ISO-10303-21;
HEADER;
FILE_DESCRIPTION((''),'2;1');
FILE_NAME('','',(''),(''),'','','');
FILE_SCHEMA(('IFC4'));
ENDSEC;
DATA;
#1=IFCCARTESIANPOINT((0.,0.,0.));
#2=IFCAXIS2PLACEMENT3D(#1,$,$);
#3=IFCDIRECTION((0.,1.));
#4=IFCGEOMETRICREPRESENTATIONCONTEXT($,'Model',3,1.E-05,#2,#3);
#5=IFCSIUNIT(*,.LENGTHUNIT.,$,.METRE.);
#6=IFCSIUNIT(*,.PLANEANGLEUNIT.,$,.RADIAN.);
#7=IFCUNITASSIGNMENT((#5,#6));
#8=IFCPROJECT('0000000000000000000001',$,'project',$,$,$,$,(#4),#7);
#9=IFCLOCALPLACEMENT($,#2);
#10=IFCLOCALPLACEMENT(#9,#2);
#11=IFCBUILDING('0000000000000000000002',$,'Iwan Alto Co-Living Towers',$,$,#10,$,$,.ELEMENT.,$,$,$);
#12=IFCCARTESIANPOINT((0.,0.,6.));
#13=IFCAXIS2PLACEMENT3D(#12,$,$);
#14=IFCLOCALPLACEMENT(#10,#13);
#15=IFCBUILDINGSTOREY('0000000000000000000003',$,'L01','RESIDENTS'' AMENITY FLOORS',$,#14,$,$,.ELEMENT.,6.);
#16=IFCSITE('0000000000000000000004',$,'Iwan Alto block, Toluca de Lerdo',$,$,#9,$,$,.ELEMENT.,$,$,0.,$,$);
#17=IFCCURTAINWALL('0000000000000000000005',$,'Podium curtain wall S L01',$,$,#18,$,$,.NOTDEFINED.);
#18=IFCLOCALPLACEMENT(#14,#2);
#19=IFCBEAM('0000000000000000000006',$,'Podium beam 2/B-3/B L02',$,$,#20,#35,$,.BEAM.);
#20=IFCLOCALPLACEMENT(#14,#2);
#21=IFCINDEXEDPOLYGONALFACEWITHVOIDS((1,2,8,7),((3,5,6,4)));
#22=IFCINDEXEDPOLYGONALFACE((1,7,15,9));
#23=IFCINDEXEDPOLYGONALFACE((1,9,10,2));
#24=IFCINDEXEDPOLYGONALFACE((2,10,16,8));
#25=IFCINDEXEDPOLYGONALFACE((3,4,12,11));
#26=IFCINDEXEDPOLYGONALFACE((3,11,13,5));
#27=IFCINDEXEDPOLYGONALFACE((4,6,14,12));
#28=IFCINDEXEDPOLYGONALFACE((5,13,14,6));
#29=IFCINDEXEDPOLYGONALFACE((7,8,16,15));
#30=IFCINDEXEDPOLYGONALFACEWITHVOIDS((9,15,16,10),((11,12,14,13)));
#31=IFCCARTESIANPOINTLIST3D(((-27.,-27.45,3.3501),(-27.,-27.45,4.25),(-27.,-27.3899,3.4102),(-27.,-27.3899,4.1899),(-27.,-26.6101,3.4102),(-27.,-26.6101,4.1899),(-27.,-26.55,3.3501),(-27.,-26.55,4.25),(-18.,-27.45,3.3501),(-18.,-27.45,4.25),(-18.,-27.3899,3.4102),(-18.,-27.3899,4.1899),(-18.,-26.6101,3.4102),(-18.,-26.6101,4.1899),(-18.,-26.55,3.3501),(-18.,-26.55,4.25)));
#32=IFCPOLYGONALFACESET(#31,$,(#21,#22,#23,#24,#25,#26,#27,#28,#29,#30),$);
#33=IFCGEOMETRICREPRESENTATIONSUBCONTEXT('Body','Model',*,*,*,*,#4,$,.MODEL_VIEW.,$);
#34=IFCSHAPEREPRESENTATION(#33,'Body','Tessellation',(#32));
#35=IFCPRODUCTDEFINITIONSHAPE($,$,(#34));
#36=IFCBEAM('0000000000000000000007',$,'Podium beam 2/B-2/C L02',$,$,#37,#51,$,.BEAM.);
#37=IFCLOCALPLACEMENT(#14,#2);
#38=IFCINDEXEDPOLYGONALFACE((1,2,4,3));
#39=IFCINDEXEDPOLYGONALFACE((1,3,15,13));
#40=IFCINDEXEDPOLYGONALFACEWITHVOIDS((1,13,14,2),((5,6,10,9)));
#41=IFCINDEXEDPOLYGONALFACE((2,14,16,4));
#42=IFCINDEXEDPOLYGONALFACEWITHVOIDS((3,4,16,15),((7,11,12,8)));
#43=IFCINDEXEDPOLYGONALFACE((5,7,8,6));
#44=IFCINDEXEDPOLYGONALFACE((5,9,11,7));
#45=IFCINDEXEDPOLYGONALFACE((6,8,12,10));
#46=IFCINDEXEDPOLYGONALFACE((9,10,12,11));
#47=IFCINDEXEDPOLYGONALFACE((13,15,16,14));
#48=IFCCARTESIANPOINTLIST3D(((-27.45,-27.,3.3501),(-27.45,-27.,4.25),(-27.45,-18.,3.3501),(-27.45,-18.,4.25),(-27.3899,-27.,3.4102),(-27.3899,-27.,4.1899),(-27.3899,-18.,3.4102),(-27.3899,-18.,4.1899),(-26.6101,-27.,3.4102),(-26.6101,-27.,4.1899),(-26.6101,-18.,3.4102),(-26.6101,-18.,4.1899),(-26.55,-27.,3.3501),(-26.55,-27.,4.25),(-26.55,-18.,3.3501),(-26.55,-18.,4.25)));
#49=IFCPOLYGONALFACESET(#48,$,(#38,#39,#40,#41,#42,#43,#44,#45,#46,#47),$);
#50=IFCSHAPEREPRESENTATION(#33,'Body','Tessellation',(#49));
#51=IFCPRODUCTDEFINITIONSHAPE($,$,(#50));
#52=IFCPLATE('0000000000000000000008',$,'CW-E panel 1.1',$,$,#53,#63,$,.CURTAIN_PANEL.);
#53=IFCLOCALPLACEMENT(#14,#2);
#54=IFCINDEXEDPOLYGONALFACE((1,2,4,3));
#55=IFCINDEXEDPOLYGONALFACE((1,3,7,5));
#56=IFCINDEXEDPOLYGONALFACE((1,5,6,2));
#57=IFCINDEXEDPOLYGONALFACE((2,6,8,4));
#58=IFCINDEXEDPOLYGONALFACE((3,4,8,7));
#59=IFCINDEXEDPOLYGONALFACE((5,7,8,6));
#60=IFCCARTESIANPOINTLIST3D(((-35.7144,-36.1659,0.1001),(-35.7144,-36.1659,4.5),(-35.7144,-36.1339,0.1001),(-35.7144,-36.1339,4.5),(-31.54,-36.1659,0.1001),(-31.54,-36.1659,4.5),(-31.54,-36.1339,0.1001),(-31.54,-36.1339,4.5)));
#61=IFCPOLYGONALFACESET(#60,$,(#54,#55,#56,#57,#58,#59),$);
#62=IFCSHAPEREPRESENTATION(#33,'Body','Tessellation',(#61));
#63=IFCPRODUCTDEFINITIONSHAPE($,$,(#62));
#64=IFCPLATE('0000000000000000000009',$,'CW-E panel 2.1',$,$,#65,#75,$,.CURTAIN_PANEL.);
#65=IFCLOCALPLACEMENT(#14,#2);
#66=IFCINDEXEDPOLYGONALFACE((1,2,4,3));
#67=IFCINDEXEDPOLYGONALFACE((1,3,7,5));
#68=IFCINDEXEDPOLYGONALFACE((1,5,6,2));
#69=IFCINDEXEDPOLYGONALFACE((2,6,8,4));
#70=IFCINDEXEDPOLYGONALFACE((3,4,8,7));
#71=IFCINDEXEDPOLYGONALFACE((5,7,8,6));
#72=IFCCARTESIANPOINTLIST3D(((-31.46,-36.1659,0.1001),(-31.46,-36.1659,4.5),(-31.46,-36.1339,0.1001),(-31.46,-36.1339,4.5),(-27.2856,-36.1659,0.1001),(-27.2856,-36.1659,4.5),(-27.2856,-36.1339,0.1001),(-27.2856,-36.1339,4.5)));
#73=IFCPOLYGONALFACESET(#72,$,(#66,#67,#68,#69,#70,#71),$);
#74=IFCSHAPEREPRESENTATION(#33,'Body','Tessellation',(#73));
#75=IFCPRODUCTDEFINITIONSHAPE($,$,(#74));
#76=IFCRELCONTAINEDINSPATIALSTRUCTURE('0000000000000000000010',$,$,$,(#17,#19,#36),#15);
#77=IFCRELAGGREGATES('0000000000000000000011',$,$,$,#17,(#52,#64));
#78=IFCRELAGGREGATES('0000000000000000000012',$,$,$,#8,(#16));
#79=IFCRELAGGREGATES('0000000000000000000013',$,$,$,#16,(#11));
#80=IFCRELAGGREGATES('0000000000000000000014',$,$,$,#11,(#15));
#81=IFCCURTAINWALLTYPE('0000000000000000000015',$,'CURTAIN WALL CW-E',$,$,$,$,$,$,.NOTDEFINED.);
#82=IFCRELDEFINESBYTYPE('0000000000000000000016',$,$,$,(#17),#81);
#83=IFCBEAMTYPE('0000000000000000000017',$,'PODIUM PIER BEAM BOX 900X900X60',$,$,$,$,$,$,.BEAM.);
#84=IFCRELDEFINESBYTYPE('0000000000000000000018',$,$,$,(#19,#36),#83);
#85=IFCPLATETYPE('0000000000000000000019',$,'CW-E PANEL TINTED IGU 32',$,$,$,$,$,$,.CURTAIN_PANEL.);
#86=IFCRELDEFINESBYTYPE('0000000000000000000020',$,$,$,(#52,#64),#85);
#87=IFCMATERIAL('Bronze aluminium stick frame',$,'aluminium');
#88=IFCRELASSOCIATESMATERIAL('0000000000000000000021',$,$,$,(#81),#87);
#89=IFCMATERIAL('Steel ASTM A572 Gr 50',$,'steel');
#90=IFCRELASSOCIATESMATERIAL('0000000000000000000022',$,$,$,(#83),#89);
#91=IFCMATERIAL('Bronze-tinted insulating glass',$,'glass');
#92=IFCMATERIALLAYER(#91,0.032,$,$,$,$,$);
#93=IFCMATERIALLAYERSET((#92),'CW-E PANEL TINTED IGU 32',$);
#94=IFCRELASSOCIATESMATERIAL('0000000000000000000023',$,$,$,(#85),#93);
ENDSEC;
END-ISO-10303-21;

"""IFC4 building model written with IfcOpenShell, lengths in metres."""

from ifc_helpers import new_model, si_unit, direction, frame, origin, origin_2d, place, context, subcontext, project, spatial, rectangle, hollow_rectangle, extrude, material, layer, layer_set, material_profile, profile_set, type_object, element, aggregate, save


model = new_model("IFC4")

# Units and contexts
model_context = context("Model", 3, precision=1e-05, world=origin(), true_north=direction((0.0, 1.0)))
body_context = subcontext(model_context, "Body", "Model", "MODEL_VIEW")
ifc_project = project(units=[si_unit("LENGTHUNIT", "METRE"), si_unit("PLANEANGLEUNIT", "RADIAN")], contexts=[model_context])

# Site, building, storey
site_placement = place(None, origin())
site = spatial("IfcSite", under=ifc_project, at=site_placement, Name="Iwan Alto block, Toluca de Lerdo", CompositionType="ELEMENT", RefElevation=0.0)
building_placement = place(site_placement, origin())
building = spatial("IfcBuilding", under=site, at=building_placement, Name="Iwan Alto Co-Living Towers", CompositionType="ELEMENT")
storey_placement = place(building_placement, frame((0.0, 0.0, 6.0)))
storey = spatial("IfcBuildingStorey", under=building, at=storey_placement, Name="L01", Description="RESIDENTS' AMENITY FLOORS", CompositionType="ELEMENT", Elevation=6.0)

# Curtain wall
ifc_material_1 = material(Name="Bronze aluminium stick frame", Category="aluminium")
curtain_wall_type = type_object("IfcCurtainWallType", Name="CURTAIN WALL CW-E", PredefinedType="NOTDEFINED", material=ifc_material_1)
curtain_wall_1_placement = place(storey_placement, origin())
curtain_wall_1 = element("IfcCurtainWall", 1, at=curtain_wall_1_placement, inside=storey, type_object=curtain_wall_type, Name="Podium curtain wall S L01", PredefinedType="NOTDEFINED")

# Beams
ifc_material_2 = material(Name="Steel ASTM A572 Gr 50", Category="steel")
ifc_material_profile_1 = material_profile(ifc_material_2, hollow_rectangle(XDim=0.8999, YDim=0.8999, WallThickness=0.0601, at=origin_2d()), Name="BOX 900X900X60")
ifc_profile_set_1 = profile_set([ifc_material_profile_1], Name="Steel ASTM A572 Gr 50")
beam_type_1 = type_object("IfcBeamType", Name="PODIUM PIER BEAM BOX 900X900X60", PredefinedType="BEAM", material=ifc_profile_set_1)
for number, where, z_axis, x_axis, name in (
    (2, (-27.0, -27.0, 3.8), (1.0, 0.0, 0.0), (0.0, 1.0, 0.0), "Podium beam 2/B-3/B L02"),
    (3, (-27.0, -27.0, 3.8), (0.0, 1.0, 0.0), (-1.0, 0.0, 0.0), "Podium beam 2/B-2/C L02"),
):
    element("IfcBeam", number, at=place(storey_placement, frame(where, z_axis=z_axis, x_axis=x_axis)), inside=storey, type_object=beam_type_1, Name=name, PredefinedType="BEAM", context=body_context, shape_type="SweptSolid", body=[
        extrude(hollow_rectangle(XDim=0.8999, YDim=0.8999, WallThickness=0.0601, at=origin_2d()), origin(), (0.0, 0.0, 1.0), 9.0),
    ])

# Plates
ifc_material_3 = material(Name="Bronze-tinted insulating glass", Category="glass")
ifc_layer = layer(ifc_material_3, 0.032)
ifc_layer_set = layer_set([ifc_layer], Name="CW-E PANEL TINTED IGU 32")
plate_type = type_object("IfcPlateType", Name="CW-E PANEL TINTED IGU 32", PredefinedType="CURTAIN_PANEL", material=ifc_layer_set)
plate_1_placement = place(storey_placement, frame((-33.6272, -36.1499, 0.1001), z_axis=(0.0, 0.0, 1.0), x_axis=(1.0, 0.0, 0.0)))
plate_1 = element("IfcPlate", 4, at=plate_1_placement, type_object=plate_type, Name="CW-E panel 1.1", PredefinedType="CURTAIN_PANEL", context=body_context, shape_type="SweptSolid", body=[
    extrude(rectangle(XDim=4.1743, YDim=0.032, at=origin_2d()), origin(), (0.0, 0.0, 1.0), 4.3999),
])
plate_2_placement = place(storey_placement, frame((-29.3728, -36.1499, 0.1001), z_axis=(0.0, 0.0, 1.0), x_axis=(1.0, 0.0, 0.0)))
plate_2 = element("IfcPlate", 5, at=plate_2_placement, type_object=plate_type, Name="CW-E panel 2.1", PredefinedType="CURTAIN_PANEL", context=body_context, shape_type="SweptSolid", body=[
    extrude(rectangle(XDim=4.1743, YDim=0.032, at=origin_2d()), origin(), (0.0, 0.0, 1.0), 4.3999),
])
aggregate(curtain_wall_1, [plate_1, plate_2])

save(model, "model.ifc")
